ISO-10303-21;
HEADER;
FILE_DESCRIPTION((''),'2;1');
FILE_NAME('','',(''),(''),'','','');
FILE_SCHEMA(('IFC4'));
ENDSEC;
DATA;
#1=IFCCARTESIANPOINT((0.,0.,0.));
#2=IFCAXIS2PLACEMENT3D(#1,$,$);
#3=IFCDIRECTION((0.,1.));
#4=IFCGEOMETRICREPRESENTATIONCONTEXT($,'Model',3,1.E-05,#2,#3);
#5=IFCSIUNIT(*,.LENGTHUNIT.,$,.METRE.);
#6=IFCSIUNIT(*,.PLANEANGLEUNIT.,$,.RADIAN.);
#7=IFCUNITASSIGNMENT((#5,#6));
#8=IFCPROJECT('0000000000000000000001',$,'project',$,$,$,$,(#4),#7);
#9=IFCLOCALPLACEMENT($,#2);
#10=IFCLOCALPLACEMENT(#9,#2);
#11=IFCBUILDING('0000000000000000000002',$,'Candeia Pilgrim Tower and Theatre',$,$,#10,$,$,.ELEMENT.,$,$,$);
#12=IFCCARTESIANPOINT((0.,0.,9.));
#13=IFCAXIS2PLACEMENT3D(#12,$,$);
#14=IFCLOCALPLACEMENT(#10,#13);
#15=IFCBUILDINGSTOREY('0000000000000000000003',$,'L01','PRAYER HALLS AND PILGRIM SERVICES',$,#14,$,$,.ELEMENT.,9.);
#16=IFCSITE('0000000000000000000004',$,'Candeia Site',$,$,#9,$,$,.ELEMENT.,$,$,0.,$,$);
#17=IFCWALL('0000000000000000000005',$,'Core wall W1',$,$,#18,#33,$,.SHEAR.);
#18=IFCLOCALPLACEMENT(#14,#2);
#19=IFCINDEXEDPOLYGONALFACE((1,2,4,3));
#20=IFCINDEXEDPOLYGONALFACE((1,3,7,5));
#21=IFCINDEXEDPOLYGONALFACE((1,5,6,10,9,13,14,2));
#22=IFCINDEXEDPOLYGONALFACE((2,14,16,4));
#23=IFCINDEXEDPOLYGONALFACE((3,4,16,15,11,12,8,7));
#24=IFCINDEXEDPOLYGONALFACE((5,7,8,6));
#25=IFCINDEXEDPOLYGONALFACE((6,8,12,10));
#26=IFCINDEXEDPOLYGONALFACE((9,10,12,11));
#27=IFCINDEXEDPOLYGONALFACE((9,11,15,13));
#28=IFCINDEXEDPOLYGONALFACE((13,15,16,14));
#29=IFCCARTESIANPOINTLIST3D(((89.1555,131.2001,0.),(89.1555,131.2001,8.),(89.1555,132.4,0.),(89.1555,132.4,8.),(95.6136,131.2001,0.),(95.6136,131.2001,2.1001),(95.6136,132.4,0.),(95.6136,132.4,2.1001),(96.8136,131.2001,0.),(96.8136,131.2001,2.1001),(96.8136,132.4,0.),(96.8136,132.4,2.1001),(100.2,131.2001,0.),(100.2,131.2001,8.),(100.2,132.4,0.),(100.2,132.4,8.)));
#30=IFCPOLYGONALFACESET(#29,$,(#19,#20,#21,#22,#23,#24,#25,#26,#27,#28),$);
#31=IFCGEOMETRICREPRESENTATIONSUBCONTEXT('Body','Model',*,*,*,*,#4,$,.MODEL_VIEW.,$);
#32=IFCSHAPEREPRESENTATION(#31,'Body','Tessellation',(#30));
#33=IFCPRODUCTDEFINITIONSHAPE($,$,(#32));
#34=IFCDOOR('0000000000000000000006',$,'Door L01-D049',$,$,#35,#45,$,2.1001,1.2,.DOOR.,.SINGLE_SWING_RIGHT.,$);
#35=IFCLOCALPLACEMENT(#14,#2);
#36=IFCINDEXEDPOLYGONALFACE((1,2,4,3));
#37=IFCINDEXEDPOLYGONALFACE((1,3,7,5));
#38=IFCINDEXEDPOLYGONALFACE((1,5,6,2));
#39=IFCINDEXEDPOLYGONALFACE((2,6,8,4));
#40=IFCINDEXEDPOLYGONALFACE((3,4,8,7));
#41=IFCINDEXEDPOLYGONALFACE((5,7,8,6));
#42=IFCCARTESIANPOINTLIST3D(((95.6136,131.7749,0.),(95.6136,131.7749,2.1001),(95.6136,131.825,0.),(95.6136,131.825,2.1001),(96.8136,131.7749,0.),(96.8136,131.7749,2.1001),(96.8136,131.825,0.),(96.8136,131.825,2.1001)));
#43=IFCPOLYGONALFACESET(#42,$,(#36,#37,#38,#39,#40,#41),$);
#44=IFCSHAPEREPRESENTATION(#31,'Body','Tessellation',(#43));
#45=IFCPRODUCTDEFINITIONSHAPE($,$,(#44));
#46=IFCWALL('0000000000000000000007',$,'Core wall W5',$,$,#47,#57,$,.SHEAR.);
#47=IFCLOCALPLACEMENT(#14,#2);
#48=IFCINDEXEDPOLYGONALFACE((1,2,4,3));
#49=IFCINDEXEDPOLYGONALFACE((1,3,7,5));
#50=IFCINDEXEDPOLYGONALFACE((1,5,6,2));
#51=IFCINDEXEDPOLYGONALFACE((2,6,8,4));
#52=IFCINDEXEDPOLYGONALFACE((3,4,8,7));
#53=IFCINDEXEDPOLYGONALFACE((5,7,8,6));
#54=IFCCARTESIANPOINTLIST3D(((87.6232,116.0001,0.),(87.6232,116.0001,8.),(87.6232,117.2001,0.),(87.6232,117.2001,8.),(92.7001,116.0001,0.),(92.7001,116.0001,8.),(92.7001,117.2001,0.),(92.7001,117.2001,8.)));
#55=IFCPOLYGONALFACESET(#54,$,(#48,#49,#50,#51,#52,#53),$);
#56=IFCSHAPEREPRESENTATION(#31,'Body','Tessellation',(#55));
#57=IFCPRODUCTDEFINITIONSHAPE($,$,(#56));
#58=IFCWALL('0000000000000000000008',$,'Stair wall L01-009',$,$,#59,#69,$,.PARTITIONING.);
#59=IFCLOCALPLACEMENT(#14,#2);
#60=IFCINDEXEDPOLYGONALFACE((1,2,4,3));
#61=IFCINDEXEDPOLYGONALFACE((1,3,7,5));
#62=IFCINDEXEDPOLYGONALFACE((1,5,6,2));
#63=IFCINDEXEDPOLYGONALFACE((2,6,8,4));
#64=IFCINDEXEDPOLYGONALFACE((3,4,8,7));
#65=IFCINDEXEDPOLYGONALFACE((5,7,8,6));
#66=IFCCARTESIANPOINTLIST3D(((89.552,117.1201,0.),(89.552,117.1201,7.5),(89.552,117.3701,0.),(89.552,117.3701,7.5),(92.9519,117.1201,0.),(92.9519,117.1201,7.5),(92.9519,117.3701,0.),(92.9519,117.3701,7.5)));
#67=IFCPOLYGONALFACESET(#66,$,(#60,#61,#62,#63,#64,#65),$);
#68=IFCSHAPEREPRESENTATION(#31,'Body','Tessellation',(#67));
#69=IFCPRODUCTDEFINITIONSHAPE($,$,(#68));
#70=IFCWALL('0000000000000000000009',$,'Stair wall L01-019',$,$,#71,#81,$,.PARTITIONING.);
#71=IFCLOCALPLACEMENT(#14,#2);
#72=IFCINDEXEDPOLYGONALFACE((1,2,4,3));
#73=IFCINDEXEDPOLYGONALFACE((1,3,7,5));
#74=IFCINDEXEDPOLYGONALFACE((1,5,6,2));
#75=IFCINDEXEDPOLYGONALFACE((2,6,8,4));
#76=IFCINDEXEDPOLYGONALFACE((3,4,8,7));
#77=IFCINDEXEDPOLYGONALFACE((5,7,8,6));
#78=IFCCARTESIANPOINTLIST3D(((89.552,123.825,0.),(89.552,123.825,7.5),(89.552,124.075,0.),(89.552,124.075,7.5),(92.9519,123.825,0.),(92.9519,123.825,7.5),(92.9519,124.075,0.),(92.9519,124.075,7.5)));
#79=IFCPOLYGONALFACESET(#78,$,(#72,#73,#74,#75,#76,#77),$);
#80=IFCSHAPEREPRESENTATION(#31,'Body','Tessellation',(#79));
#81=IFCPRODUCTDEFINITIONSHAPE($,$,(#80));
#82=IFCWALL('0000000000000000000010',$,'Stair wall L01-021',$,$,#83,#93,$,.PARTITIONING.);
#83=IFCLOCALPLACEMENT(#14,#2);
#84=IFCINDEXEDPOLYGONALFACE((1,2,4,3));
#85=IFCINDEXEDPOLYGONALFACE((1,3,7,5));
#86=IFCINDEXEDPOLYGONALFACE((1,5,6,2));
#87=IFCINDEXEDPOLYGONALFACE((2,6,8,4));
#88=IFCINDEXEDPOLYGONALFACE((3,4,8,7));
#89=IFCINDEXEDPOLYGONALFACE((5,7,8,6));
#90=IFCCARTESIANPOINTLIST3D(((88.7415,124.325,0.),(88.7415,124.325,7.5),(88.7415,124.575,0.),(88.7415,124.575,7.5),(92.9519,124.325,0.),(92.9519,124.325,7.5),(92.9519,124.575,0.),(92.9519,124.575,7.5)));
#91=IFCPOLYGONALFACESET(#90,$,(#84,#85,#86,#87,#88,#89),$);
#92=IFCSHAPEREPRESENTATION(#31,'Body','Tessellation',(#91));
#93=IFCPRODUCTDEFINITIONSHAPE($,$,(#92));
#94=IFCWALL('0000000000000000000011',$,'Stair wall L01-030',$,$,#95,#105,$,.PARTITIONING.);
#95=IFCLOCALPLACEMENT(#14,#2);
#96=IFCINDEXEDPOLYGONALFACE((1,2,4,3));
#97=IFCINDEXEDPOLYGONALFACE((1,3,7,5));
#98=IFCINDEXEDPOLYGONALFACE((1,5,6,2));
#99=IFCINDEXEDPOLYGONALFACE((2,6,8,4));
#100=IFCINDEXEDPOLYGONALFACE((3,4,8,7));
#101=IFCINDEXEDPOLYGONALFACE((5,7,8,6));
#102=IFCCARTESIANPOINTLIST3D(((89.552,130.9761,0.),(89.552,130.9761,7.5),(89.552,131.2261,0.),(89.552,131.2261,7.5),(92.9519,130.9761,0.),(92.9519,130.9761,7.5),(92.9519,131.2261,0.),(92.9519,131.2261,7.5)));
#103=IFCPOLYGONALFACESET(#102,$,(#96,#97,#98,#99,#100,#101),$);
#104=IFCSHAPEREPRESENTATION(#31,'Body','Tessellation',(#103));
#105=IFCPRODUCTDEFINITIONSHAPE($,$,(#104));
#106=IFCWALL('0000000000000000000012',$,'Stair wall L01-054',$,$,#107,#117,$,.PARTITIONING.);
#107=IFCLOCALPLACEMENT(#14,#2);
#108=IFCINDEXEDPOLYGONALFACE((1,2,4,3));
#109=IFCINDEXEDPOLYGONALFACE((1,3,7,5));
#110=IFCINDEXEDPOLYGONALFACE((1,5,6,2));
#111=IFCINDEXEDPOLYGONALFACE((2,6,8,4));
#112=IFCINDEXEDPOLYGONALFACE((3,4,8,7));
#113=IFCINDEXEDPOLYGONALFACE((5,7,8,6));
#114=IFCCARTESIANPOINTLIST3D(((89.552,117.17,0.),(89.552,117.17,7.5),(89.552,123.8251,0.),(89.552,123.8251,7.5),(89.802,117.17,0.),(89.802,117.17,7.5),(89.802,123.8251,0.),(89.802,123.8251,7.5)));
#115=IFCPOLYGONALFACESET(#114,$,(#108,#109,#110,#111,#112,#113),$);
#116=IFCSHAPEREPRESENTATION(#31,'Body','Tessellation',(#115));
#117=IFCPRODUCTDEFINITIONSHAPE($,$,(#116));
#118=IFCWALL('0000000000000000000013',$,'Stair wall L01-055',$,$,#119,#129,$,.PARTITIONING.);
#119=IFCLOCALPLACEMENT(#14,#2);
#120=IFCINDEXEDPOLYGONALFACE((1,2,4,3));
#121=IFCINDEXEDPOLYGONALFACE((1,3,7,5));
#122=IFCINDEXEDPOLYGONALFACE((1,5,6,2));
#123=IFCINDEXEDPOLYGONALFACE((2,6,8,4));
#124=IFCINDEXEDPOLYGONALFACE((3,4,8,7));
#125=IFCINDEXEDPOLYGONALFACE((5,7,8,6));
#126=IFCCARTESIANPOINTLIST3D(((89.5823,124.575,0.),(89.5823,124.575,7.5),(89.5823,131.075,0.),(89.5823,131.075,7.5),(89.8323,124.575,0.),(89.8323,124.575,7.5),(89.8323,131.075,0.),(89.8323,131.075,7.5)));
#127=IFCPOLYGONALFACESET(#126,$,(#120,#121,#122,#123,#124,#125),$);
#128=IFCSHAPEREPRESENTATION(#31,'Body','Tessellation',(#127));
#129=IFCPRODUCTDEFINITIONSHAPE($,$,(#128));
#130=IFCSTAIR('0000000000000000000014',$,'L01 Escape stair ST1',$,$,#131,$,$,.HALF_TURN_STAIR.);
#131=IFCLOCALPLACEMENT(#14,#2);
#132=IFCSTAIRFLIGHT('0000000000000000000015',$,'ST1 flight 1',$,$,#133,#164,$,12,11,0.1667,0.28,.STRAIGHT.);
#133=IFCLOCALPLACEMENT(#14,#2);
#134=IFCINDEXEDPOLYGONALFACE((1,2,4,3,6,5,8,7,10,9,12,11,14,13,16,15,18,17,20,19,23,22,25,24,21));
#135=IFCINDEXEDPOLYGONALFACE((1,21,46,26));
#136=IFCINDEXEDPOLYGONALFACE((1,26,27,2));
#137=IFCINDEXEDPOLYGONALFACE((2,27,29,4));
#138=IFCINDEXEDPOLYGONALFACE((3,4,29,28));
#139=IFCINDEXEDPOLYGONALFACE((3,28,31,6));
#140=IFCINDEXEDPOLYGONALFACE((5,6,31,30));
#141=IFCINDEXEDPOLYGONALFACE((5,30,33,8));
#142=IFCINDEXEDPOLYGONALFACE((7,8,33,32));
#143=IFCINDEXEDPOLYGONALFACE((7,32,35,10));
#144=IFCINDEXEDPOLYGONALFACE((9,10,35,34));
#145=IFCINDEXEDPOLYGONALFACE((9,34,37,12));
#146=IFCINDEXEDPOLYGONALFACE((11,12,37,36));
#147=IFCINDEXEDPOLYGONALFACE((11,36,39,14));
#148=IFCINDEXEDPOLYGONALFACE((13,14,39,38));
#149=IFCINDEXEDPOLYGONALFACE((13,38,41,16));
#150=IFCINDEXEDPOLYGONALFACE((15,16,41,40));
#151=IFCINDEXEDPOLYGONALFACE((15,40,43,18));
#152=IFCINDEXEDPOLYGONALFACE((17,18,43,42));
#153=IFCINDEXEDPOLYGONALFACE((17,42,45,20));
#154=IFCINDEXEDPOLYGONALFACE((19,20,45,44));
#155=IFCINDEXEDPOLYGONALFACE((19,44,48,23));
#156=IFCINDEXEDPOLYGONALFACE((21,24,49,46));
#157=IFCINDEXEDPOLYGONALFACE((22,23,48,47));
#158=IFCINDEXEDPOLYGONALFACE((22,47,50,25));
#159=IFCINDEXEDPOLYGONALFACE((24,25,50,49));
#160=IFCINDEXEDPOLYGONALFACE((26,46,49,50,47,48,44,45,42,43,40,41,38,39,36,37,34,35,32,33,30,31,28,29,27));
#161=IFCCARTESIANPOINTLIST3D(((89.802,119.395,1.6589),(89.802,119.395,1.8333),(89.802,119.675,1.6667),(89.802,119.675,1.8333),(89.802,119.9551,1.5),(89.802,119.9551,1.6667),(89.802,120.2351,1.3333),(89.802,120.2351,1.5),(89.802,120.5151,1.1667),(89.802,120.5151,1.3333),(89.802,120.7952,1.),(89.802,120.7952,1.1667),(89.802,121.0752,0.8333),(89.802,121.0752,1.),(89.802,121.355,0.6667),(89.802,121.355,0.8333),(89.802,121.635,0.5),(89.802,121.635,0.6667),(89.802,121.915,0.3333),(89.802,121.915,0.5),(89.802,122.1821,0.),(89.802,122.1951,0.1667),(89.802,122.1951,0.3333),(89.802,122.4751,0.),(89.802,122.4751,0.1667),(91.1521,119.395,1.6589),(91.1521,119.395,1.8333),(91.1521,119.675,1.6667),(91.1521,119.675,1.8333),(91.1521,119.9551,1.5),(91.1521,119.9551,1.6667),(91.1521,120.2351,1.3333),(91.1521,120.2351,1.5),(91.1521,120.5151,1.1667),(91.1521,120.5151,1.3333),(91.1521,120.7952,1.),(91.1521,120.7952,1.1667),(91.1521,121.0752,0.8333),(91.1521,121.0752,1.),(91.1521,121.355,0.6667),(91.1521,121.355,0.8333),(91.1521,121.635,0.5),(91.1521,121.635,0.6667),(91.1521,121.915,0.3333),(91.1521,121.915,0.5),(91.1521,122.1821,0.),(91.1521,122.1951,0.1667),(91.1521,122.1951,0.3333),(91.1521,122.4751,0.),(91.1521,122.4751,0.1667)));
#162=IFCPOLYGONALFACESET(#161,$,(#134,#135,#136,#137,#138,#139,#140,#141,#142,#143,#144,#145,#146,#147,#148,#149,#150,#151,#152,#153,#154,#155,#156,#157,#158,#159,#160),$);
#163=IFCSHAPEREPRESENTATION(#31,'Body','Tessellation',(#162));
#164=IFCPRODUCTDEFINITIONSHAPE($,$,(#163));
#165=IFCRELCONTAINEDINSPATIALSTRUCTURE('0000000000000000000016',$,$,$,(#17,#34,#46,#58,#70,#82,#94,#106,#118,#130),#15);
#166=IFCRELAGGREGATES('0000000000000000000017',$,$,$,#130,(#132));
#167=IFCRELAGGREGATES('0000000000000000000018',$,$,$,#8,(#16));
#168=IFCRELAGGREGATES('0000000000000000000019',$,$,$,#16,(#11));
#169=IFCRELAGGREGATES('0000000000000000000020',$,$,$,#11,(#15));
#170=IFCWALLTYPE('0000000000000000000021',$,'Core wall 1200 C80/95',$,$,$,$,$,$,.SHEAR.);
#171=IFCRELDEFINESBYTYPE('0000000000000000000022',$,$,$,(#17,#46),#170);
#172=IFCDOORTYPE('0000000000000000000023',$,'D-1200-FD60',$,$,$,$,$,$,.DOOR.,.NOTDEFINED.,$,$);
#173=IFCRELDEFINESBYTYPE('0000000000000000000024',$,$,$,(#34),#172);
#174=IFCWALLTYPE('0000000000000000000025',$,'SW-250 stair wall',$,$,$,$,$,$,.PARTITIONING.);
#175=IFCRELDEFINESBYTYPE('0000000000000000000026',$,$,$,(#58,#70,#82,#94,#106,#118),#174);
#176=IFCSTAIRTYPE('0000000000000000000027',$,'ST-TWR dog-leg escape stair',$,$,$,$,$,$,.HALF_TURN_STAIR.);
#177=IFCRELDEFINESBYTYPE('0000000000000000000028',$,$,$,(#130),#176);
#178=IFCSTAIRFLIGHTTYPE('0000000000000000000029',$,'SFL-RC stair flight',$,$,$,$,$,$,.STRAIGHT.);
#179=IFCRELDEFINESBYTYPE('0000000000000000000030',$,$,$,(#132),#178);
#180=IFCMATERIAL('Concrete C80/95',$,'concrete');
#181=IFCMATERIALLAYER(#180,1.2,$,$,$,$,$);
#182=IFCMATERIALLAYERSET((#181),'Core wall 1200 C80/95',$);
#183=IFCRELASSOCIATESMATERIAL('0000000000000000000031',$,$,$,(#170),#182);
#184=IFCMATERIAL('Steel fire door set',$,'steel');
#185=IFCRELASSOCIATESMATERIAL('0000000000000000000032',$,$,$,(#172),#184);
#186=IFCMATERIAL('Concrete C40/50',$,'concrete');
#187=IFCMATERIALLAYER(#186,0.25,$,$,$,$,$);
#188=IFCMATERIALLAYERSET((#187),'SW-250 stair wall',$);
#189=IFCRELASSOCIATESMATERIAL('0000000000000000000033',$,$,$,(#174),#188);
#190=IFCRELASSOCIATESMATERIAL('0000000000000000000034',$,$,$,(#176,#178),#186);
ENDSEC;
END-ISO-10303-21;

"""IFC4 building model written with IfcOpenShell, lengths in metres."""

from ifc_helpers import new_model, si_unit, direction, frame, frame_2d, origin, place, context, subcontext, project, spatial, polyline, rectangle, outline, extrude, material, layer, layer_set, type_object, element, fill, aggregate, save


model = new_model("IFC4")

# Units and contexts
model_context = context("Model", 3, precision=1e-05, world=origin(), true_north=direction((0.0, 1.0)))
body_context = subcontext(model_context, "Body", "Model", "MODEL_VIEW")
ifc_project = project(units=[si_unit("LENGTHUNIT", "METRE"), si_unit("PLANEANGLEUNIT", "RADIAN")], contexts=[model_context])

# Site, building, storey
site_placement = place(None, origin())
site = spatial("IfcSite", under=ifc_project, at=site_placement, Name="Candeia Site", CompositionType="ELEMENT", RefElevation=0.0)
building_placement = place(site_placement, origin())
building = spatial("IfcBuilding", under=site, at=building_placement, Name="Candeia Pilgrim Tower and Theatre", CompositionType="ELEMENT")
storey_placement = place(building_placement, frame((0.0, 0.0, 9.0)))
storey = spatial("IfcBuildingStorey", under=building, at=storey_placement, Name="L01", Description="PRAYER HALLS AND PILGRIM SERVICES", CompositionType="ELEMENT", Elevation=9.0)

# Wall, opening, door
ifc_material_1 = material(Name="Concrete C80/95", Category="concrete")
ifc_layer_1 = layer(ifc_material_1, 1.2)
ifc_layer_set_1 = layer_set([ifc_layer_1], Name="Core wall 1200 C80/95")
wall_type_1 = type_object("IfcWallType", Name="Core wall 1200 C80/95", PredefinedType="SHEAR", material=ifc_layer_set_1)
wall_1_placement = place(storey_placement, frame((89.1555, 131.8, 0.0), z_axis=(0.0, 0.0, 1.0), x_axis=(1.0, 0.0, 0.0)))
wall_1 = element("IfcWall", 1, at=wall_1_placement, inside=storey, type_object=wall_type_1, Name="Core wall W1", PredefinedType="SHEAR", context=body_context, shape_type="SweptSolid", body=[
    extrude(rectangle(XDim=11.0444, YDim=1.2, at=frame_2d((5.5222, 0.0))), origin(), (0.0, 0.0, 1.0), 8.0),
])
opening_placement = place(wall_1_placement, frame((6.458, 0.0, 0.0)))
opening = element("IfcOpeningElement", 2, at=opening_placement, cuts=wall_1, PredefinedType="OPENING", context=body_context, shape_type="SweptSolid", body=[
    extrude(rectangle(XDim=1.2, YDim=2.1001, at=frame_2d((0.6001, 1.05))), frame((0.0, 0.6099, 0.0), z_axis=(0.0, -1.0, 0.0), x_axis=(1.0, 0.0, 0.0)), (0.0, 0.0, 1.0), 1.22),
])
ifc_material_2 = material(Name="Steel fire door set", Category="steel")
door_type = type_object("IfcDoorType", Name="D-1200-FD60", OperationType="NOTDEFINED", PredefinedType="DOOR", material=ifc_material_2)
door_placement = place(opening_placement, origin())
door = element("IfcDoor", 3, at=door_placement, inside=storey, type_object=door_type, Name="Door L01-D049", OperationType="SINGLE_SWING_RIGHT", OverallHeight=2.1001, OverallWidth=1.2, PredefinedType="DOOR", context=body_context, shape_type="SweptSolid", body=[
    extrude(rectangle(XDim=1.2, YDim=2.1001, at=frame_2d((0.6001, 1.05))), frame((0.0, 0.0249, 0.0), z_axis=(0.0, -1.0, 0.0), x_axis=(1.0, 0.0, 0.0)), (0.0, 0.0, 1.0), 0.05),
])
fill(opening, door)

# Walls
wall_2_placement = place(storey_placement, frame((87.623, 116.6001, 0.0), z_axis=(0.0, 0.0, 1.0), x_axis=(1.0, 0.0, 0.0)))
element("IfcWall", 4, at=wall_2_placement, inside=storey, type_object=wall_type_1, Name="Core wall W5", PredefinedType="SHEAR", context=body_context, shape_type="SweptSolid", body=[
    extrude(rectangle(XDim=5.0769, YDim=1.2, at=frame_2d((2.5386, 0.0))), origin(), (0.0, 0.0, 1.0), 8.0),
])
ifc_material_3 = material(Name="Concrete C40/50", Category="concrete")
ifc_layer_2 = layer(ifc_material_3, 0.25)
ifc_layer_set_2 = layer_set([ifc_layer_2], Name="SW-250 stair wall")
wall_type_2 = type_object("IfcWallType", Name="SW-250 stair wall", PredefinedType="PARTITIONING", material=ifc_layer_set_2)
for number, where, z_axis, x_axis, name in (
    (5, (89.552, 117.2451, 0.0), (0.0, 0.0, 1.0), (1.0, 0.0, 0.0), "Stair wall L01-009"),
    (6, (89.552, 123.95, 0.0), (0.0, 0.0, 1.0), (1.0, 0.0, 0.0), "Stair wall L01-019"),
):
    element("IfcWall", number, at=place(storey_placement, frame(where, z_axis=z_axis, x_axis=x_axis)), inside=storey, type_object=wall_type_2, Name=name, PredefinedType="PARTITIONING", context=body_context, shape_type="SweptSolid", body=[
        extrude(rectangle(XDim=3.3999, YDim=0.25, at=frame_2d((1.7, 0.0))), origin(), (0.0, 0.0, 1.0), 7.5),
    ])
wall_3_placement = place(storey_placement, frame((88.7415, 124.45, 0.0), z_axis=(0.0, 0.0, 1.0), x_axis=(1.0, 0.0, 0.0)))
element("IfcWall", 7, at=wall_3_placement, inside=storey, type_object=wall_type_2, Name="Stair wall L01-021", PredefinedType="PARTITIONING", context=body_context, shape_type="SweptSolid", body=[
    extrude(rectangle(XDim=4.2104, YDim=0.25, at=frame_2d((2.1052, 0.0))), origin(), (0.0, 0.0, 1.0), 7.5),
])
wall_4_placement = place(storey_placement, frame((89.552, 131.1011, 0.0), z_axis=(0.0, 0.0, 1.0), x_axis=(1.0, 0.0, 0.0)))
element("IfcWall", 8, at=wall_4_placement, inside=storey, type_object=wall_type_2, Name="Stair wall L01-030", PredefinedType="PARTITIONING", context=body_context, shape_type="SweptSolid", body=[
    extrude(rectangle(XDim=3.3999, YDim=0.25, at=frame_2d((1.7, 0.0))), origin(), (0.0, 0.0, 1.0), 7.5),
])
wall_5_placement = place(storey_placement, frame((89.677, 117.1699, 0.0), z_axis=(0.0, 0.0, 1.0), x_axis=(0.0, 1.0, 0.0)))
element("IfcWall", 9, at=wall_5_placement, inside=storey, type_object=wall_type_2, Name="Stair wall L01-054", PredefinedType="PARTITIONING", context=body_context, shape_type="SweptSolid", body=[
    extrude(rectangle(XDim=6.655, YDim=0.25, at=frame_2d((3.3276, 0.0))), origin(), (0.0, 0.0, 1.0), 7.5),
])
wall_6_placement = place(storey_placement, frame((89.7073, 124.575, 0.0), z_axis=(0.0, 0.0, 1.0), x_axis=(0.0, 1.0, 0.0)))
element("IfcWall", 10, at=wall_6_placement, inside=storey, type_object=wall_type_2, Name="Stair wall L01-055", PredefinedType="PARTITIONING", context=body_context, shape_type="SweptSolid", body=[
    extrude(rectangle(XDim=6.5, YDim=0.25, at=frame_2d((3.25, 0.0))), origin(), (0.0, 0.0, 1.0), 7.5),
])

# Stair, stair flight
stair_type = type_object("IfcStairType", Name="ST-TWR dog-leg escape stair", PredefinedType="HALF_TURN_STAIR", material=ifc_material_3)
stair_1_placement = place(storey_placement, origin())
stair_1 = element("IfcStair", 11, at=stair_1_placement, inside=storey, type_object=stair_type, Name="L01 Escape stair ST1", PredefinedType="HALF_TURN_STAIR")
stair_flight_type = type_object("IfcStairFlightType", Name="SFL-RC stair flight", PredefinedType="STRAIGHT", material=ifc_material_3)
stair_flight_1_placement = place(storey_placement, frame((90.4771, 122.4751, 0.0), z_axis=(0.0, 0.0, 1.0), x_axis=(0.0, -1.0, 0.0)))
stair_flight_1 = element("IfcStairFlight", 12, at=stair_flight_1_placement, type_object=stair_flight_type, Name="ST1 flight 1", NumberOfRisers=12, NumberOfTreads=11, PredefinedType="STRAIGHT", RiserHeight=0.1667, TreadLength=0.28, context=body_context, shape_type="SweptSolid", body=[
    extrude(outline(polyline([(0.0, 0.0), (0.0, 0.1667), (0.28, 0.1667), (0.28, 0.3333), (0.5601, 0.3333), (0.5601, 0.5), (0.8401, 0.5), (0.8401, 0.6667), (1.1201, 0.6667), (1.1201, 0.8333), (1.3999, 0.8333), (1.3999, 1.0), (1.6799, 1.0), (1.6799, 1.1667), (1.96, 1.1667), (1.96, 1.3333), (2.24, 1.3333), (2.24, 1.5), (2.52, 1.5), (2.52, 1.6667), (2.8, 1.6667), (2.8, 1.8333), (3.0801, 1.8333), (3.0801, 2.0), (3.0801, 1.6589), (0.293, 0.0), (0.0, 0.0)])), frame((0.0, 0.675, 0.0), z_axis=(0.0, -1.0, 0.0), x_axis=(1.0, 0.0, 0.0)), (0.0, 0.0, 1.0), 1.3501),
])
aggregate(stair_1, [stair_flight_1])

save(model, "model.ifc")
